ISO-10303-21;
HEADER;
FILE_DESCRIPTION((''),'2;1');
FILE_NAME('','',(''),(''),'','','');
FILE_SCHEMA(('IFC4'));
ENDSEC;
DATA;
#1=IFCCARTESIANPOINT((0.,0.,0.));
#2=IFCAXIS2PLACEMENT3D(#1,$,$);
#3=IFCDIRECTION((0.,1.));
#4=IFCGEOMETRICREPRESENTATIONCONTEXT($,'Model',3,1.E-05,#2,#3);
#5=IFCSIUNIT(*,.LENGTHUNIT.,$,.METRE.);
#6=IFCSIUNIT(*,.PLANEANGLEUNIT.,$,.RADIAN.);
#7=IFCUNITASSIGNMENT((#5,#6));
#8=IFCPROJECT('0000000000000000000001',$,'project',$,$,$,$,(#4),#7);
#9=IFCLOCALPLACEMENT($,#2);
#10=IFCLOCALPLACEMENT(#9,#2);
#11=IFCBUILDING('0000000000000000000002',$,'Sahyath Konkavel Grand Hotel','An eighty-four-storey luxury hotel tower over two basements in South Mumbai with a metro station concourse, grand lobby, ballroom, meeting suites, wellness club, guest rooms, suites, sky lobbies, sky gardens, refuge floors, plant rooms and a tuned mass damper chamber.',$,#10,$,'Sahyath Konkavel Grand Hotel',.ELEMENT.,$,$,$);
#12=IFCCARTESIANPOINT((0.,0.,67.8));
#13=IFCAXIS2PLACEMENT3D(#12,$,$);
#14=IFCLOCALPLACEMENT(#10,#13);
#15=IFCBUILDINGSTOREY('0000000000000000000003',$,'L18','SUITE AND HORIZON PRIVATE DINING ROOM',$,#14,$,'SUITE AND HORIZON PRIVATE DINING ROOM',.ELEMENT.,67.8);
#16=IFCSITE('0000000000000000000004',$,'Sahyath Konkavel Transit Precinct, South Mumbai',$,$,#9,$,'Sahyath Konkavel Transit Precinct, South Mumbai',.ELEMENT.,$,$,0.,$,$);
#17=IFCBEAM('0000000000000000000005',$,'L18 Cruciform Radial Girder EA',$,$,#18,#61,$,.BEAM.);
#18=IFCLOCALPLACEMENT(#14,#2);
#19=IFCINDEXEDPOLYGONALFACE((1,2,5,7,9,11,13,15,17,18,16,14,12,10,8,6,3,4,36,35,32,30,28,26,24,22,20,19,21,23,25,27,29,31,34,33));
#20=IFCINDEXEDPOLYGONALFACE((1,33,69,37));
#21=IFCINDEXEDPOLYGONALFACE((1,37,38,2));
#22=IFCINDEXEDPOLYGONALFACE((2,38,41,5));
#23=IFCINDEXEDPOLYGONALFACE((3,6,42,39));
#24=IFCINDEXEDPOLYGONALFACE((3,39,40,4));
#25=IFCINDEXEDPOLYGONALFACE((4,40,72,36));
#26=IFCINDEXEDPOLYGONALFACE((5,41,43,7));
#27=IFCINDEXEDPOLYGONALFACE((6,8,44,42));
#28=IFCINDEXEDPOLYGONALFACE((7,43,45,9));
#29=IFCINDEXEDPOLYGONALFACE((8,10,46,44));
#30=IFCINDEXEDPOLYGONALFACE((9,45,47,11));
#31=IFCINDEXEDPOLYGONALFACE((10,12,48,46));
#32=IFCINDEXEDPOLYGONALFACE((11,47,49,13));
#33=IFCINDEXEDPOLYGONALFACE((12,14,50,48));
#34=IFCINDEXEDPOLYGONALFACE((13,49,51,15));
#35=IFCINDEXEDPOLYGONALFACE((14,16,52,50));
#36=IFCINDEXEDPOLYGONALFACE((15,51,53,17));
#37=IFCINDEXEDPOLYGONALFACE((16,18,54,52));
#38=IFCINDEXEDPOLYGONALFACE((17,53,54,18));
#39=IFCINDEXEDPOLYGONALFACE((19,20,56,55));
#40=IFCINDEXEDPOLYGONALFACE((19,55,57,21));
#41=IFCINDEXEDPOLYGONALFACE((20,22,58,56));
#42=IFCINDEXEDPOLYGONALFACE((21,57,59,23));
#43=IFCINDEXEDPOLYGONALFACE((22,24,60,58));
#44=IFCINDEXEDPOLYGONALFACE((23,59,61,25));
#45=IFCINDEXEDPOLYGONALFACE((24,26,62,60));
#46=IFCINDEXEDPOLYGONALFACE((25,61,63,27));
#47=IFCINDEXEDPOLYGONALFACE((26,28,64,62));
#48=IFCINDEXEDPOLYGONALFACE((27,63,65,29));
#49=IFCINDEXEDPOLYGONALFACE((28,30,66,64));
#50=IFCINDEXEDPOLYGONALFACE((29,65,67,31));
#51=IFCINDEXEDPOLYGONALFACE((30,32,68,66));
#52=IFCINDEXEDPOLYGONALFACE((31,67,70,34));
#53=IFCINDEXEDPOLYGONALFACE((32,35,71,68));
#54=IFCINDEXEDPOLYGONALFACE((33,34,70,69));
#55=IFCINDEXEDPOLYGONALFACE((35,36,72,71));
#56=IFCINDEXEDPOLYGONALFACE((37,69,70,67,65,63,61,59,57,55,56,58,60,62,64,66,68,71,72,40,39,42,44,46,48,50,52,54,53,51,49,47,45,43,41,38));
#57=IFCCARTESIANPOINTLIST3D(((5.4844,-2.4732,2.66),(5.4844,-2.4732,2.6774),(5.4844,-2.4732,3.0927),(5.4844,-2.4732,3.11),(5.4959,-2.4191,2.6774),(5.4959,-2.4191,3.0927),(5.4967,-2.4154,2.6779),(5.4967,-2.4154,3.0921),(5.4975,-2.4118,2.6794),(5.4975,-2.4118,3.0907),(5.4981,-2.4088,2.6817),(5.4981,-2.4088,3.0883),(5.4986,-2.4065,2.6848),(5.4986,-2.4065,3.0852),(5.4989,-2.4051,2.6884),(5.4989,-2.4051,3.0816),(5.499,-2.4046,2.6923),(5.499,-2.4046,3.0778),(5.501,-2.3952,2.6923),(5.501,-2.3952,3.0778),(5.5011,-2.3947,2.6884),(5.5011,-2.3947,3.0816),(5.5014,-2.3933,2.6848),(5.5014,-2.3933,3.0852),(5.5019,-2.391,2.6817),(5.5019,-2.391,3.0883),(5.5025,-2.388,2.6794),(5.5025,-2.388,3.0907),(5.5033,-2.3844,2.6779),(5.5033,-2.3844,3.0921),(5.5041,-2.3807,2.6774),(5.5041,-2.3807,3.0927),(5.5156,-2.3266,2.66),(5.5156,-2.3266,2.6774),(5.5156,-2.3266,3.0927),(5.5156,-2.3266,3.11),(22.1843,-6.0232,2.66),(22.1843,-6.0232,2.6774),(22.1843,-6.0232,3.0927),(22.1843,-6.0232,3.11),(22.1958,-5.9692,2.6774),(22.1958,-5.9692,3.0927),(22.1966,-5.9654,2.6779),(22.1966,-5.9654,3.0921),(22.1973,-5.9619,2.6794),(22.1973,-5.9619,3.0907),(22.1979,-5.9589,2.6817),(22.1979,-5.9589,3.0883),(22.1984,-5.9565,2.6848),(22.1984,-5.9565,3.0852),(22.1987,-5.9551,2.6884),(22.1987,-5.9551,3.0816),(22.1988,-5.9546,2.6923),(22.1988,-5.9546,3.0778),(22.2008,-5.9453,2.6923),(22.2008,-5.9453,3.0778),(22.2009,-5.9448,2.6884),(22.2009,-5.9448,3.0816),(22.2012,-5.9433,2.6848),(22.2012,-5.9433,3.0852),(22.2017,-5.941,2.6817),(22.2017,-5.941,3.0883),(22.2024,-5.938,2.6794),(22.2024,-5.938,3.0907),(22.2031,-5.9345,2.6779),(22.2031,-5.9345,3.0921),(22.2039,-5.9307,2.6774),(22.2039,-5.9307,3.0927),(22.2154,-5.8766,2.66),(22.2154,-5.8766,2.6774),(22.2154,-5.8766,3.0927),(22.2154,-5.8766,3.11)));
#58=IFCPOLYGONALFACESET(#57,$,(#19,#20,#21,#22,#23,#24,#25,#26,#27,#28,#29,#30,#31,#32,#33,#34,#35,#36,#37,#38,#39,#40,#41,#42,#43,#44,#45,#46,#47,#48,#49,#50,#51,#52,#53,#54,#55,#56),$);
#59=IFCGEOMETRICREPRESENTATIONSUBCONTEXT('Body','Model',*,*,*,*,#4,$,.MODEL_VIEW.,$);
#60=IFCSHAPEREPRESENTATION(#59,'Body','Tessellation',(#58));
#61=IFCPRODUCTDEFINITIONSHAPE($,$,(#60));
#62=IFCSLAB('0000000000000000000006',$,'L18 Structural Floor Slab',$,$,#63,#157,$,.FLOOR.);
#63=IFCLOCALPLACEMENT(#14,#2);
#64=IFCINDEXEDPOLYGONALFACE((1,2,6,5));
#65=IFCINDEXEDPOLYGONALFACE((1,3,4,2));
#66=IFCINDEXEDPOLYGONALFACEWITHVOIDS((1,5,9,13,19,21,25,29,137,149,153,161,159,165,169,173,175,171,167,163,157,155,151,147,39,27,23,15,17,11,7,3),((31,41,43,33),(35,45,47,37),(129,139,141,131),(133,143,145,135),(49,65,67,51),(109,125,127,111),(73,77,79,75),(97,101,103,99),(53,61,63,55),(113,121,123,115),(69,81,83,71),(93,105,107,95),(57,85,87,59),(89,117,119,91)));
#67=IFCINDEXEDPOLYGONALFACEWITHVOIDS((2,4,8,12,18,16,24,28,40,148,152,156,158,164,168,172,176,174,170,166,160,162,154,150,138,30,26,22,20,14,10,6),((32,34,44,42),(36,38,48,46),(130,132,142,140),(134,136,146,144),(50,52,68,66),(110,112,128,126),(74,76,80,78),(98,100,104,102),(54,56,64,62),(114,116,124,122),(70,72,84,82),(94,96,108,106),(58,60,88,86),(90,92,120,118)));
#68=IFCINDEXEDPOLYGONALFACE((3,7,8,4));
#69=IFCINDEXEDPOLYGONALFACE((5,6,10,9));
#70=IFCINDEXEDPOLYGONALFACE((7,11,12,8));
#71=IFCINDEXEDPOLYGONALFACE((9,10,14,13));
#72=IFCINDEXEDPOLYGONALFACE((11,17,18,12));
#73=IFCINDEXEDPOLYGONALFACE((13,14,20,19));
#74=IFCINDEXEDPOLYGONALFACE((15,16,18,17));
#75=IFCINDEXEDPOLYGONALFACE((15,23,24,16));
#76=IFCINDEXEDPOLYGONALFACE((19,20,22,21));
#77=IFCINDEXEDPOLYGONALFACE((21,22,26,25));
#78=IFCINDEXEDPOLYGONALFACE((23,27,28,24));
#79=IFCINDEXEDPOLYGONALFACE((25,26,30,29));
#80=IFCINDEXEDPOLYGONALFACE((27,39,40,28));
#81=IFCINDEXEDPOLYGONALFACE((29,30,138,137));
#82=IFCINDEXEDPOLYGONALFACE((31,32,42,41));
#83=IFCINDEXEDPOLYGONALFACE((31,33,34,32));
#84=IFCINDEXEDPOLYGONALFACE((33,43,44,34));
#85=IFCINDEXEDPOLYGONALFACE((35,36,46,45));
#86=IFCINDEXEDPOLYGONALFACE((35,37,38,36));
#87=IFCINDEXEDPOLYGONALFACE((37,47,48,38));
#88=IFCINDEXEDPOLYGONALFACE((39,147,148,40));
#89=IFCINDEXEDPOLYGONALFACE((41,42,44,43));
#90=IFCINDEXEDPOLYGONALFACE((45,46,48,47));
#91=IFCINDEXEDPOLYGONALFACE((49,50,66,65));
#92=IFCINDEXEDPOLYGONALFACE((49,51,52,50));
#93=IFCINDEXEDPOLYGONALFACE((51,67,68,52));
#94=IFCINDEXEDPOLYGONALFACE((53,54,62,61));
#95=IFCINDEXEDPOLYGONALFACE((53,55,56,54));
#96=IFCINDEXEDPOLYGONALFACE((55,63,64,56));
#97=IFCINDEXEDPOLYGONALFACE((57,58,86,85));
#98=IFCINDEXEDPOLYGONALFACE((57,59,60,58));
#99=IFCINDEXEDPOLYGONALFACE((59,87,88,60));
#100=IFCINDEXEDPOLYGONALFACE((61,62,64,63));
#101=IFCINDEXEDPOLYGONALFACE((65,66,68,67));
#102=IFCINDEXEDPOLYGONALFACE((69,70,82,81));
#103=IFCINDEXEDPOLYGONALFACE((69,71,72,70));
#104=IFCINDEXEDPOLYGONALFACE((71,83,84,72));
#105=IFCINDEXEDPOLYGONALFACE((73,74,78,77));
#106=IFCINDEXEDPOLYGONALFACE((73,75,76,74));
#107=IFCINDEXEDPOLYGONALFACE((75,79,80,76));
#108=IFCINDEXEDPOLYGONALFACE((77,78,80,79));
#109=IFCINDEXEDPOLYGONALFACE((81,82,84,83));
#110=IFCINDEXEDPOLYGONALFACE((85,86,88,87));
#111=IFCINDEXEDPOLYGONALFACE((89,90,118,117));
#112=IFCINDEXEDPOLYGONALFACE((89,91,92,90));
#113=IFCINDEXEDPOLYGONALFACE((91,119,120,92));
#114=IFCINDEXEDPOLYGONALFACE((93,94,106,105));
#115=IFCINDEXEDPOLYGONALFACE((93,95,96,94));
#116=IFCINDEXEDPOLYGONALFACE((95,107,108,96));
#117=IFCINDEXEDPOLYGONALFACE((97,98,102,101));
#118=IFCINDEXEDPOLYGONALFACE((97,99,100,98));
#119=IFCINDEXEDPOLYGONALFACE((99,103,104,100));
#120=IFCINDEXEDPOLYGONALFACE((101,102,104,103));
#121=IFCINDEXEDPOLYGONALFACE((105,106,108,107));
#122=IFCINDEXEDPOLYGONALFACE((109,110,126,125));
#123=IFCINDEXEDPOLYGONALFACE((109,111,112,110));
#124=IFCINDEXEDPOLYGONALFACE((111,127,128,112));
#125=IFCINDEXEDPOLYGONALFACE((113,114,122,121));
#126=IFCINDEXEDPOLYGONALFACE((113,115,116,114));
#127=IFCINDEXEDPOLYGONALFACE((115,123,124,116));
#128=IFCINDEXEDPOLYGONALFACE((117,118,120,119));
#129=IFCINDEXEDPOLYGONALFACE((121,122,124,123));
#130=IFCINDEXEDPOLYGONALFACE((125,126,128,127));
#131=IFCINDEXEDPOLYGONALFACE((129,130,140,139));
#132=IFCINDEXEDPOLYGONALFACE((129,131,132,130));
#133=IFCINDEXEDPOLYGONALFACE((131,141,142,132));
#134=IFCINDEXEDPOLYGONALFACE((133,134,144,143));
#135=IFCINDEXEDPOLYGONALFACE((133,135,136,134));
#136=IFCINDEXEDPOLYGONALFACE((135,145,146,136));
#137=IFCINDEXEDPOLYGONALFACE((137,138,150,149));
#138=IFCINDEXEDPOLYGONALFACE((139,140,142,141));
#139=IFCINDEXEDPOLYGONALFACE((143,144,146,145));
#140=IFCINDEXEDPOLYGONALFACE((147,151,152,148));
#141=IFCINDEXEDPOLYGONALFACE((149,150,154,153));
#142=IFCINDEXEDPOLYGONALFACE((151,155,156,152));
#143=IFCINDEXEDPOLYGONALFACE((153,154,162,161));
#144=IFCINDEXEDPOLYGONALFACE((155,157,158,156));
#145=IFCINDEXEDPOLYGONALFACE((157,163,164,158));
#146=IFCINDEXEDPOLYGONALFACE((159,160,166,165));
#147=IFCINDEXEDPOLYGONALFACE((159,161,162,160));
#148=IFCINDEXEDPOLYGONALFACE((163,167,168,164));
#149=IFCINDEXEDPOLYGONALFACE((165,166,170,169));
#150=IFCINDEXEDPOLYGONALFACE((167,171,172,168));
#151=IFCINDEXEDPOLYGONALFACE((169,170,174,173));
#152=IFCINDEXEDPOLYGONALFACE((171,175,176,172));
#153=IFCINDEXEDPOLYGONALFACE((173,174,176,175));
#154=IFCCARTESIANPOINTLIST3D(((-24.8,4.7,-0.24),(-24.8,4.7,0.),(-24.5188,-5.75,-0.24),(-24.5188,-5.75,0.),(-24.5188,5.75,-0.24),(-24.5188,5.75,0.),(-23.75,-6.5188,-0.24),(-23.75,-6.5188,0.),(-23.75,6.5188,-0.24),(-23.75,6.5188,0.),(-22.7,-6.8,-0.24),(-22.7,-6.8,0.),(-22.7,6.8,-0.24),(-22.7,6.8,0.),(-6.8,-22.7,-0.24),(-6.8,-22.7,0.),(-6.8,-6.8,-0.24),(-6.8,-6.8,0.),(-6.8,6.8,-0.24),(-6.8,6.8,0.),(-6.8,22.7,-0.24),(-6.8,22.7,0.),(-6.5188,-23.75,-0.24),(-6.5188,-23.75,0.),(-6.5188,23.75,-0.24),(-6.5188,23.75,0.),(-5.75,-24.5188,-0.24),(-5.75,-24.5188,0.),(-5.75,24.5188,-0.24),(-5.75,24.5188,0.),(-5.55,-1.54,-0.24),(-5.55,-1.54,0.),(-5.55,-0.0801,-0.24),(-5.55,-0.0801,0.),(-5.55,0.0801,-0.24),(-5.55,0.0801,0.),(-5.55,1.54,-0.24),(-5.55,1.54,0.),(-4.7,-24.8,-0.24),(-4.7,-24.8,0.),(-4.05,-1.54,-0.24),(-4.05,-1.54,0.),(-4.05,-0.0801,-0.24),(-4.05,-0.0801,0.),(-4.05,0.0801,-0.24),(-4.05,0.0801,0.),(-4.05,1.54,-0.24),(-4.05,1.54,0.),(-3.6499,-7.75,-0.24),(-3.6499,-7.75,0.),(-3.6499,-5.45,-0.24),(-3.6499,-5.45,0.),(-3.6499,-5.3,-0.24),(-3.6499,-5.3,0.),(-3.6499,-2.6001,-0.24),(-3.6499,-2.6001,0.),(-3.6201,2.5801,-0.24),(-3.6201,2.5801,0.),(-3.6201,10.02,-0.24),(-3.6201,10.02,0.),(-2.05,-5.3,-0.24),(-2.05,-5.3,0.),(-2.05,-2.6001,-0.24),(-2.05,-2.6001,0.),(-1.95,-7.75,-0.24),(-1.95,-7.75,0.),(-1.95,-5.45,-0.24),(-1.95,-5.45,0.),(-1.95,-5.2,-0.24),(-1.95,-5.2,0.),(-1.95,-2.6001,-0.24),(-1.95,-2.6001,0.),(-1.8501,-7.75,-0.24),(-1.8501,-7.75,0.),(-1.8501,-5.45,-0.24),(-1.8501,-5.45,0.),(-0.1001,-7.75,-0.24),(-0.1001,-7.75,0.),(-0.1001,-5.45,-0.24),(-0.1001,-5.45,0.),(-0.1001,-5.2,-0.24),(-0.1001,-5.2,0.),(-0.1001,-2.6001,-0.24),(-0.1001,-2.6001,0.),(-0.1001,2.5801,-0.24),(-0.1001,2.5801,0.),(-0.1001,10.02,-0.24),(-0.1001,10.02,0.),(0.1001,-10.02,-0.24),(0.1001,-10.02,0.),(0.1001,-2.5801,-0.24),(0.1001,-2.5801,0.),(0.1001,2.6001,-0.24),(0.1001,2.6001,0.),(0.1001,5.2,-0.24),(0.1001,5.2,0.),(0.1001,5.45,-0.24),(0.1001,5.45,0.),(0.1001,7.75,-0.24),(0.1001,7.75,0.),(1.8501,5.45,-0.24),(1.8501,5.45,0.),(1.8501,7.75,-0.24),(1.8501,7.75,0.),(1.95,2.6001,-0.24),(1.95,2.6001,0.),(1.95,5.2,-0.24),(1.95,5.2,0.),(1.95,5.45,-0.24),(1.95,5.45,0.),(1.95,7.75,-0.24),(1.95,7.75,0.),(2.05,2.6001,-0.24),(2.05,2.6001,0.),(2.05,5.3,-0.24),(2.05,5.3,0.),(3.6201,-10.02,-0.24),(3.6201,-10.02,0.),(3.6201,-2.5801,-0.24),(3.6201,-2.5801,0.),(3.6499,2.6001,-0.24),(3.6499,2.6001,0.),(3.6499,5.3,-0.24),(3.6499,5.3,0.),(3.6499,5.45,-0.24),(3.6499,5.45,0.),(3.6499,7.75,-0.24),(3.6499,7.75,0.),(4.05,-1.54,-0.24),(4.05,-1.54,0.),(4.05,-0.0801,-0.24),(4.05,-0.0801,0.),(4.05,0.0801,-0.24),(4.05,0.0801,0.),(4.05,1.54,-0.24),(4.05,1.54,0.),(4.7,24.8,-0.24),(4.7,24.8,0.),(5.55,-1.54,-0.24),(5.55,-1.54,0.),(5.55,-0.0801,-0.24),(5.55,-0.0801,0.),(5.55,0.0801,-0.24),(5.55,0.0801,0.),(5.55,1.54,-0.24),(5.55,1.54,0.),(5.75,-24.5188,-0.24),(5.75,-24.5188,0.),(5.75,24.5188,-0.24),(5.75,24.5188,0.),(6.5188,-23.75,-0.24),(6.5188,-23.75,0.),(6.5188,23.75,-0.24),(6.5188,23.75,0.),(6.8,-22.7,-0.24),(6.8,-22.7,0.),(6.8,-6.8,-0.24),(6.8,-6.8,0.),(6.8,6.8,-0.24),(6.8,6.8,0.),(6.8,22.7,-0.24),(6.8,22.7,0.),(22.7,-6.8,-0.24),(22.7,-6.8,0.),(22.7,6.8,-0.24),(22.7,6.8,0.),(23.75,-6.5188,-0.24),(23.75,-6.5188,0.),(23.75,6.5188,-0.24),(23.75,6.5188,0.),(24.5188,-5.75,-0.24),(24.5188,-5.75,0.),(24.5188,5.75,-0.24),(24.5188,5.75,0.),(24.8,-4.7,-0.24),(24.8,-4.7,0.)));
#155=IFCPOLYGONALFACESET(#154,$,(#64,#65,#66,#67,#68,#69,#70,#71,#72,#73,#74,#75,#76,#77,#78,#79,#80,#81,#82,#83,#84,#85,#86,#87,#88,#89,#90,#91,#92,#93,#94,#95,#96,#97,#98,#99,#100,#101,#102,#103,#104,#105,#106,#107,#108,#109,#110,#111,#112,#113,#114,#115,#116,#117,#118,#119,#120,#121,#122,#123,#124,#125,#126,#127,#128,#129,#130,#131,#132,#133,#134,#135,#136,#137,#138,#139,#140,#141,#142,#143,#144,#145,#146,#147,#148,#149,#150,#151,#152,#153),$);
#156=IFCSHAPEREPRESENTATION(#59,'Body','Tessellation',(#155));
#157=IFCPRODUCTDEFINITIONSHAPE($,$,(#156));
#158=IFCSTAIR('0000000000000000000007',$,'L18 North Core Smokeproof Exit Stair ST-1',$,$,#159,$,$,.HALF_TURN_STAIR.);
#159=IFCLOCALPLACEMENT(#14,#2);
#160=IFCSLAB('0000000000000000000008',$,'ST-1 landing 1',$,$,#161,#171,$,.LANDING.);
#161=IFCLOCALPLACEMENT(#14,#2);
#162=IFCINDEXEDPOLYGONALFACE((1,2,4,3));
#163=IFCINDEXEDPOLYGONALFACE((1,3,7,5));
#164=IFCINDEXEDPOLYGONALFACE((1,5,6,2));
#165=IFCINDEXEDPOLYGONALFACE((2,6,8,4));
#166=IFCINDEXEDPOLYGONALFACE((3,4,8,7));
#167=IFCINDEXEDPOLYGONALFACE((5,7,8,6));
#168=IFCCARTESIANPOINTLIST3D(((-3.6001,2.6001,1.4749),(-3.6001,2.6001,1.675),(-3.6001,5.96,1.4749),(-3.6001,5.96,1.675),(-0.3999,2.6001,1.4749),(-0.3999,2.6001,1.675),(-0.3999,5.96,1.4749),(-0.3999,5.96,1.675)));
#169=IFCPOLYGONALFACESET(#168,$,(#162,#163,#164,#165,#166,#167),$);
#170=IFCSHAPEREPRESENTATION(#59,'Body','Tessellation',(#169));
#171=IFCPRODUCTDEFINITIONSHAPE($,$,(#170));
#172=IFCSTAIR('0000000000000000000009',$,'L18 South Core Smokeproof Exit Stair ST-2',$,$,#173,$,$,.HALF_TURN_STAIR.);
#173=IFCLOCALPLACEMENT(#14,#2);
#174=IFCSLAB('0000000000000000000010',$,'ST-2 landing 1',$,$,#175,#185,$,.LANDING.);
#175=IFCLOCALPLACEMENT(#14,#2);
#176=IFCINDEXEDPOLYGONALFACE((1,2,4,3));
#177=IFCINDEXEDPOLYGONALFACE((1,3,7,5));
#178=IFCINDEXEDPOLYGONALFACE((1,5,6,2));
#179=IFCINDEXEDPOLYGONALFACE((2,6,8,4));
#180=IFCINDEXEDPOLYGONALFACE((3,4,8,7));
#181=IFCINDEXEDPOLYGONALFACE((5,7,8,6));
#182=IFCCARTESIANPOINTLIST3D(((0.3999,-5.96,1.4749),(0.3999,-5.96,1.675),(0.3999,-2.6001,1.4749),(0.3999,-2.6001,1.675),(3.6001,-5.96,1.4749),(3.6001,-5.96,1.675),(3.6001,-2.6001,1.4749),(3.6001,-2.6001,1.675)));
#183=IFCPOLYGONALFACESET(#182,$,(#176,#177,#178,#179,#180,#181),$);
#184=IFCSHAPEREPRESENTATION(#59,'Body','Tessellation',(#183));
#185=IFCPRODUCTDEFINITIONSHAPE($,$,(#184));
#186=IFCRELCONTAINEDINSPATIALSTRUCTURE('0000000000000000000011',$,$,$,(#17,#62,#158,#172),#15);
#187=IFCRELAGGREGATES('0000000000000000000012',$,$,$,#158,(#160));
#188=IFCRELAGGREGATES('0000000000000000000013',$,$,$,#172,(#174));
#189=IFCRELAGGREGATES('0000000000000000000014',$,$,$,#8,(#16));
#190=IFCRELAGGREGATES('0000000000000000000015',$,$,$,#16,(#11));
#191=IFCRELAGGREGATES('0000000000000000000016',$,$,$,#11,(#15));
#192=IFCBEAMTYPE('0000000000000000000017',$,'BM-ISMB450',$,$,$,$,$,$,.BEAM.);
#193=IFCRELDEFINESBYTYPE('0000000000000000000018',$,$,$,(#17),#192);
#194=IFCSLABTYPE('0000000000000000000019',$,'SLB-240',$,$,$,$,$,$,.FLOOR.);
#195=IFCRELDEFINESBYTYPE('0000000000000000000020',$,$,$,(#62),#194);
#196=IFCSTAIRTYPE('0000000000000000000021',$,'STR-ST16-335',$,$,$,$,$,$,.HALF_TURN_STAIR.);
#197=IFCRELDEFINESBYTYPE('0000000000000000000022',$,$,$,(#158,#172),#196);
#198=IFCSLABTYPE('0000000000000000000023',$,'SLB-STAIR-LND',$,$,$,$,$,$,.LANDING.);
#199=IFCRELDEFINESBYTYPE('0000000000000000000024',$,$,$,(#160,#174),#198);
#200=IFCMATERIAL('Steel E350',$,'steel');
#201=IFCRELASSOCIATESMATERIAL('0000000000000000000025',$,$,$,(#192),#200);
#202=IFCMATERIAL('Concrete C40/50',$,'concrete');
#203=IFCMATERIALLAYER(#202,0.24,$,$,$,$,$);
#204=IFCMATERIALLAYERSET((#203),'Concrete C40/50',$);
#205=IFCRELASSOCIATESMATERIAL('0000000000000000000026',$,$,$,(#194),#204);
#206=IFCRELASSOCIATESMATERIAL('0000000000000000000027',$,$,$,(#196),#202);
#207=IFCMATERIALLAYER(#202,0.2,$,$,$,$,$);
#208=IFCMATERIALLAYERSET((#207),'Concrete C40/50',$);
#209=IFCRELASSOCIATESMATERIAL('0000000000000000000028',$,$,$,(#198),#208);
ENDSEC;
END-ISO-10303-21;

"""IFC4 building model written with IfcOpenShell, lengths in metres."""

from ifc_helpers import new_model, si_unit, direction, frame, origin, origin_2d, place, context, subcontext, project, spatial, polyline, i_section, outline, extrude, source, transform, mapped, material, layer, layer_set, material_profile, profile_set, type_object, element, aggregate, save


model = new_model("IFC4")

# Units and contexts
model_context = context("Model", 3, precision=1e-05, world=origin(), true_north=direction((0.0, 1.0)))
body_context = subcontext(model_context, "Body", "Model", "MODEL_VIEW")
ifc_project = project(units=[si_unit("LENGTHUNIT", "METRE"), si_unit("PLANEANGLEUNIT", "RADIAN")], contexts=[model_context])

# Site, building, storey
site_placement = place(None, origin())
site = spatial("IfcSite", under=ifc_project, at=site_placement, Name="Sahyath Konkavel Transit Precinct, South Mumbai", LongName="Sahyath Konkavel Transit Precinct, South Mumbai", CompositionType="ELEMENT", RefElevation=0.0)
building_placement = place(site_placement, origin())
building = spatial("IfcBuilding", under=site, at=building_placement, Name="Sahyath Konkavel Grand Hotel", Description="An eighty-four-storey luxury hotel tower over two basements in South Mumbai with a metro station concourse, grand lobby, ballroom, meeting suites, wellness club, guest rooms, suites, sky lobbies, sky gardens, refuge floors, plant rooms and a tuned mass damper chamber.", LongName="Sahyath Konkavel Grand Hotel", CompositionType="ELEMENT")
storey_placement = place(building_placement, frame((0.0, 0.0, 67.8)))
storey = spatial("IfcBuildingStorey", under=building, at=storey_placement, Name="L18", Description="SUITE AND HORIZON PRIVATE DINING ROOM", LongName="SUITE AND HORIZON PRIVATE DINING ROOM", CompositionType="ELEMENT", Elevation=67.8)

# Beam
ifc_material_1 = material(Name="Steel E350", Category="steel")
ifc_material_profile_1 = material_profile(ifc_material_1, i_section(OverallWidth=0.1499, OverallDepth=0.45, WebThickness=0.0095, FlangeThickness=0.0173, FilletRadius=0.0149, at=origin_2d()), Name="ISMB 450")
ifc_profile_set_1 = profile_set([ifc_material_profile_1], Name="Steel E350")
beam_type_1 = type_object("IfcBeamType", Name="BM-ISMB450", PredefinedType="BEAM", material=ifc_profile_set_1)
shared_shape_1 = source(origin(), body_context, "Body", "SweptSolid", [
    extrude(i_section(OverallWidth=0.1499, OverallDepth=0.45, WebThickness=0.0095, FlangeThickness=0.0173, FilletRadius=0.0149, at=origin_2d()), origin(), (0.0, 0.0, 1.0), 17.073),
])
beam_1_placement = place(storey_placement, frame((5.5, -2.3999, 2.885), z_axis=(0.978143, -0.207932, 0.0), x_axis=(0.207932, 0.978143, 0.0)))
element("IfcBeam", 1, at=beam_1_placement, inside=storey, type_object=beam_type_1, Name="L18 Cruciform Radial Girder EA", PredefinedType="BEAM", context=body_context, shape_type="MappedRepresentation", body=[
    mapped(shared_shape_1, transform((0.0, 0.0, 0.0), scale=1.0)),
])

# Slab
ifc_material_2 = material(Name="Concrete C40/50", Category="concrete")
ifc_layer_1 = layer(ifc_material_2, 0.24)
ifc_layer_set_1 = layer_set([ifc_layer_1], Name="Concrete C40/50")
slab_type_1 = type_object("IfcSlabType", Name="SLB-240", PredefinedType="FLOOR", material=ifc_layer_set_1)
slab_1_placement = place(storey_placement, frame((0.0, 0.0, -0.24)))
element("IfcSlab", 2, at=slab_1_placement, inside=storey, type_object=slab_type_1, Name="L18 Structural Floor Slab", PredefinedType="FLOOR", context=body_context, shape_type="SweptSolid", body=[
    extrude(outline(polyline([(6.8, -6.8), (22.7, -6.8), (23.75, -6.5188), (24.5188, -5.75), (24.8, -4.7), (24.5188, 5.75), (23.75, 6.5188), (22.7, 6.8), (6.8, 6.8), (6.8, 22.7), (6.5188, 23.75), (5.75, 24.5188), (4.7, 24.8), (-5.75, 24.5188), (-6.5188, 23.75), (-6.8, 22.7), (-6.8, 6.8), (-22.7, 6.8), (-23.75, 6.5188), (-24.5188, 5.75), (-24.8, 4.7), (-24.5188, -5.75), (-23.75, -6.5188), (-22.7, -6.8), (-6.8, -6.8), (-6.8, -22.7), (-6.5188, -23.75), (-5.75, -24.5188), (-4.7, -24.8), (5.75, -24.5188), (6.5188, -23.75), (6.8, -22.7), (6.8, -6.8)]), holes=[polyline([(-3.6201, 2.5801), (-0.1001, 2.5801), (-0.1001, 10.02), (-3.6201, 10.02), (-3.6201, 2.5801)]), polyline([(0.1001, -10.02), (3.6201, -10.02), (3.6201, -2.5801), (0.1001, -2.5801), (0.1001, -10.02)]), polyline([(0.1001, 2.6001), (1.95, 2.6001), (1.95, 5.2), (0.1001, 5.2), (0.1001, 2.6001)]), polyline([(-1.95, -5.2), (-0.1001, -5.2), (-0.1001, -2.6001), (-1.95, -2.6001), (-1.95, -5.2)]), polyline([(2.05, 2.6001), (3.6499, 2.6001), (3.6499, 5.3), (2.05, 5.3), (2.05, 2.6001)]), polyline([(-3.6499, -5.3), (-2.05, -5.3), (-2.05, -2.6001), (-3.6499, -2.6001), (-3.6499, -5.3)]), polyline([(0.1001, 5.45), (1.8501, 5.45), (1.8501, 7.75), (0.1001, 7.75), (0.1001, 5.45)]), polyline([(1.95, 5.45), (3.6499, 5.45), (3.6499, 7.75), (1.95, 7.75), (1.95, 5.45)]), polyline([(-3.6499, -7.75), (-1.95, -7.75), (-1.95, -5.45), (-3.6499, -5.45), (-3.6499, -7.75)]), polyline([(-1.8501, -7.75), (-0.1001, -7.75), (-0.1001, -5.45), (-1.8501, -5.45), (-1.8501, -7.75)]), polyline([(4.05, 0.0801), (5.55, 0.0801), (5.55, 1.54), (4.05, 1.54), (4.05, 0.0801)]), polyline([(4.05, -1.54), (5.55, -1.54), (5.55, -0.0801), (4.05, -0.0801), (4.05, -1.54)]), polyline([(-5.55, 0.0801), (-4.05, 0.0801), (-4.05, 1.54), (-5.55, 1.54), (-5.55, 0.0801)]), polyline([(-5.55, -1.54), (-4.05, -1.54), (-4.05, -0.0801), (-5.55, -0.0801), (-5.55, -1.54)])]), origin(), (0.0, 0.0, 1.0), 0.24),
])

# Stairs, slabs
stair_type = type_object("IfcStairType", Name="STR-ST16-335", PredefinedType="HALF_TURN_STAIR", material=ifc_material_2)
stair_1_placement = place(storey_placement, origin())
stair_1 = element("IfcStair", 3, at=stair_1_placement, inside=storey, type_object=stair_type, Name="L18 North Core Smokeproof Exit Stair ST-1", PredefinedType="HALF_TURN_STAIR")
ifc_layer_2 = layer(ifc_material_2, 0.2)
ifc_layer_set_2 = layer_set([ifc_layer_2], Name="Concrete C40/50")
slab_type_2 = type_object("IfcSlabType", Name="SLB-STAIR-LND", PredefinedType="LANDING", material=ifc_layer_set_2)
slab_2_placement = place(storey_placement, frame((0.0, 0.0, 1.4749)))
slab_2 = element("IfcSlab", 4, at=slab_2_placement, type_object=slab_type_2, Name="ST-1 landing 1", PredefinedType="LANDING", context=body_context, shape_type="SweptSolid", body=[
    extrude(outline(polyline([(-3.6001, 5.96), (-3.6001, 2.6001), (-0.3999, 2.6001), (-0.3999, 5.96), (-3.6001, 5.96)])), origin(), (0.0, 0.0, 1.0), 0.2002),
])
aggregate(stair_1, [slab_2])
stair_2_placement = place(storey_placement, origin())
stair_2 = element("IfcStair", 5, at=stair_2_placement, inside=storey, type_object=stair_type, Name="L18 South Core Smokeproof Exit Stair ST-2", PredefinedType="HALF_TURN_STAIR")
slab_3_placement = place(storey_placement, frame((0.0, 0.0, 1.4749)))
slab_3 = element("IfcSlab", 6, at=slab_3_placement, type_object=slab_type_2, Name="ST-2 landing 1", PredefinedType="LANDING", context=body_context, shape_type="SweptSolid", body=[
    extrude(outline(polyline([(3.6001, -5.96), (3.6001, -2.6001), (0.3999, -2.6001), (0.3999, -5.96), (3.6001, -5.96)])), origin(), (0.0, 0.0, 1.0), 0.2002),
])

aggregate(stair_2, [slab_3])

save(model, "model.ifc")
